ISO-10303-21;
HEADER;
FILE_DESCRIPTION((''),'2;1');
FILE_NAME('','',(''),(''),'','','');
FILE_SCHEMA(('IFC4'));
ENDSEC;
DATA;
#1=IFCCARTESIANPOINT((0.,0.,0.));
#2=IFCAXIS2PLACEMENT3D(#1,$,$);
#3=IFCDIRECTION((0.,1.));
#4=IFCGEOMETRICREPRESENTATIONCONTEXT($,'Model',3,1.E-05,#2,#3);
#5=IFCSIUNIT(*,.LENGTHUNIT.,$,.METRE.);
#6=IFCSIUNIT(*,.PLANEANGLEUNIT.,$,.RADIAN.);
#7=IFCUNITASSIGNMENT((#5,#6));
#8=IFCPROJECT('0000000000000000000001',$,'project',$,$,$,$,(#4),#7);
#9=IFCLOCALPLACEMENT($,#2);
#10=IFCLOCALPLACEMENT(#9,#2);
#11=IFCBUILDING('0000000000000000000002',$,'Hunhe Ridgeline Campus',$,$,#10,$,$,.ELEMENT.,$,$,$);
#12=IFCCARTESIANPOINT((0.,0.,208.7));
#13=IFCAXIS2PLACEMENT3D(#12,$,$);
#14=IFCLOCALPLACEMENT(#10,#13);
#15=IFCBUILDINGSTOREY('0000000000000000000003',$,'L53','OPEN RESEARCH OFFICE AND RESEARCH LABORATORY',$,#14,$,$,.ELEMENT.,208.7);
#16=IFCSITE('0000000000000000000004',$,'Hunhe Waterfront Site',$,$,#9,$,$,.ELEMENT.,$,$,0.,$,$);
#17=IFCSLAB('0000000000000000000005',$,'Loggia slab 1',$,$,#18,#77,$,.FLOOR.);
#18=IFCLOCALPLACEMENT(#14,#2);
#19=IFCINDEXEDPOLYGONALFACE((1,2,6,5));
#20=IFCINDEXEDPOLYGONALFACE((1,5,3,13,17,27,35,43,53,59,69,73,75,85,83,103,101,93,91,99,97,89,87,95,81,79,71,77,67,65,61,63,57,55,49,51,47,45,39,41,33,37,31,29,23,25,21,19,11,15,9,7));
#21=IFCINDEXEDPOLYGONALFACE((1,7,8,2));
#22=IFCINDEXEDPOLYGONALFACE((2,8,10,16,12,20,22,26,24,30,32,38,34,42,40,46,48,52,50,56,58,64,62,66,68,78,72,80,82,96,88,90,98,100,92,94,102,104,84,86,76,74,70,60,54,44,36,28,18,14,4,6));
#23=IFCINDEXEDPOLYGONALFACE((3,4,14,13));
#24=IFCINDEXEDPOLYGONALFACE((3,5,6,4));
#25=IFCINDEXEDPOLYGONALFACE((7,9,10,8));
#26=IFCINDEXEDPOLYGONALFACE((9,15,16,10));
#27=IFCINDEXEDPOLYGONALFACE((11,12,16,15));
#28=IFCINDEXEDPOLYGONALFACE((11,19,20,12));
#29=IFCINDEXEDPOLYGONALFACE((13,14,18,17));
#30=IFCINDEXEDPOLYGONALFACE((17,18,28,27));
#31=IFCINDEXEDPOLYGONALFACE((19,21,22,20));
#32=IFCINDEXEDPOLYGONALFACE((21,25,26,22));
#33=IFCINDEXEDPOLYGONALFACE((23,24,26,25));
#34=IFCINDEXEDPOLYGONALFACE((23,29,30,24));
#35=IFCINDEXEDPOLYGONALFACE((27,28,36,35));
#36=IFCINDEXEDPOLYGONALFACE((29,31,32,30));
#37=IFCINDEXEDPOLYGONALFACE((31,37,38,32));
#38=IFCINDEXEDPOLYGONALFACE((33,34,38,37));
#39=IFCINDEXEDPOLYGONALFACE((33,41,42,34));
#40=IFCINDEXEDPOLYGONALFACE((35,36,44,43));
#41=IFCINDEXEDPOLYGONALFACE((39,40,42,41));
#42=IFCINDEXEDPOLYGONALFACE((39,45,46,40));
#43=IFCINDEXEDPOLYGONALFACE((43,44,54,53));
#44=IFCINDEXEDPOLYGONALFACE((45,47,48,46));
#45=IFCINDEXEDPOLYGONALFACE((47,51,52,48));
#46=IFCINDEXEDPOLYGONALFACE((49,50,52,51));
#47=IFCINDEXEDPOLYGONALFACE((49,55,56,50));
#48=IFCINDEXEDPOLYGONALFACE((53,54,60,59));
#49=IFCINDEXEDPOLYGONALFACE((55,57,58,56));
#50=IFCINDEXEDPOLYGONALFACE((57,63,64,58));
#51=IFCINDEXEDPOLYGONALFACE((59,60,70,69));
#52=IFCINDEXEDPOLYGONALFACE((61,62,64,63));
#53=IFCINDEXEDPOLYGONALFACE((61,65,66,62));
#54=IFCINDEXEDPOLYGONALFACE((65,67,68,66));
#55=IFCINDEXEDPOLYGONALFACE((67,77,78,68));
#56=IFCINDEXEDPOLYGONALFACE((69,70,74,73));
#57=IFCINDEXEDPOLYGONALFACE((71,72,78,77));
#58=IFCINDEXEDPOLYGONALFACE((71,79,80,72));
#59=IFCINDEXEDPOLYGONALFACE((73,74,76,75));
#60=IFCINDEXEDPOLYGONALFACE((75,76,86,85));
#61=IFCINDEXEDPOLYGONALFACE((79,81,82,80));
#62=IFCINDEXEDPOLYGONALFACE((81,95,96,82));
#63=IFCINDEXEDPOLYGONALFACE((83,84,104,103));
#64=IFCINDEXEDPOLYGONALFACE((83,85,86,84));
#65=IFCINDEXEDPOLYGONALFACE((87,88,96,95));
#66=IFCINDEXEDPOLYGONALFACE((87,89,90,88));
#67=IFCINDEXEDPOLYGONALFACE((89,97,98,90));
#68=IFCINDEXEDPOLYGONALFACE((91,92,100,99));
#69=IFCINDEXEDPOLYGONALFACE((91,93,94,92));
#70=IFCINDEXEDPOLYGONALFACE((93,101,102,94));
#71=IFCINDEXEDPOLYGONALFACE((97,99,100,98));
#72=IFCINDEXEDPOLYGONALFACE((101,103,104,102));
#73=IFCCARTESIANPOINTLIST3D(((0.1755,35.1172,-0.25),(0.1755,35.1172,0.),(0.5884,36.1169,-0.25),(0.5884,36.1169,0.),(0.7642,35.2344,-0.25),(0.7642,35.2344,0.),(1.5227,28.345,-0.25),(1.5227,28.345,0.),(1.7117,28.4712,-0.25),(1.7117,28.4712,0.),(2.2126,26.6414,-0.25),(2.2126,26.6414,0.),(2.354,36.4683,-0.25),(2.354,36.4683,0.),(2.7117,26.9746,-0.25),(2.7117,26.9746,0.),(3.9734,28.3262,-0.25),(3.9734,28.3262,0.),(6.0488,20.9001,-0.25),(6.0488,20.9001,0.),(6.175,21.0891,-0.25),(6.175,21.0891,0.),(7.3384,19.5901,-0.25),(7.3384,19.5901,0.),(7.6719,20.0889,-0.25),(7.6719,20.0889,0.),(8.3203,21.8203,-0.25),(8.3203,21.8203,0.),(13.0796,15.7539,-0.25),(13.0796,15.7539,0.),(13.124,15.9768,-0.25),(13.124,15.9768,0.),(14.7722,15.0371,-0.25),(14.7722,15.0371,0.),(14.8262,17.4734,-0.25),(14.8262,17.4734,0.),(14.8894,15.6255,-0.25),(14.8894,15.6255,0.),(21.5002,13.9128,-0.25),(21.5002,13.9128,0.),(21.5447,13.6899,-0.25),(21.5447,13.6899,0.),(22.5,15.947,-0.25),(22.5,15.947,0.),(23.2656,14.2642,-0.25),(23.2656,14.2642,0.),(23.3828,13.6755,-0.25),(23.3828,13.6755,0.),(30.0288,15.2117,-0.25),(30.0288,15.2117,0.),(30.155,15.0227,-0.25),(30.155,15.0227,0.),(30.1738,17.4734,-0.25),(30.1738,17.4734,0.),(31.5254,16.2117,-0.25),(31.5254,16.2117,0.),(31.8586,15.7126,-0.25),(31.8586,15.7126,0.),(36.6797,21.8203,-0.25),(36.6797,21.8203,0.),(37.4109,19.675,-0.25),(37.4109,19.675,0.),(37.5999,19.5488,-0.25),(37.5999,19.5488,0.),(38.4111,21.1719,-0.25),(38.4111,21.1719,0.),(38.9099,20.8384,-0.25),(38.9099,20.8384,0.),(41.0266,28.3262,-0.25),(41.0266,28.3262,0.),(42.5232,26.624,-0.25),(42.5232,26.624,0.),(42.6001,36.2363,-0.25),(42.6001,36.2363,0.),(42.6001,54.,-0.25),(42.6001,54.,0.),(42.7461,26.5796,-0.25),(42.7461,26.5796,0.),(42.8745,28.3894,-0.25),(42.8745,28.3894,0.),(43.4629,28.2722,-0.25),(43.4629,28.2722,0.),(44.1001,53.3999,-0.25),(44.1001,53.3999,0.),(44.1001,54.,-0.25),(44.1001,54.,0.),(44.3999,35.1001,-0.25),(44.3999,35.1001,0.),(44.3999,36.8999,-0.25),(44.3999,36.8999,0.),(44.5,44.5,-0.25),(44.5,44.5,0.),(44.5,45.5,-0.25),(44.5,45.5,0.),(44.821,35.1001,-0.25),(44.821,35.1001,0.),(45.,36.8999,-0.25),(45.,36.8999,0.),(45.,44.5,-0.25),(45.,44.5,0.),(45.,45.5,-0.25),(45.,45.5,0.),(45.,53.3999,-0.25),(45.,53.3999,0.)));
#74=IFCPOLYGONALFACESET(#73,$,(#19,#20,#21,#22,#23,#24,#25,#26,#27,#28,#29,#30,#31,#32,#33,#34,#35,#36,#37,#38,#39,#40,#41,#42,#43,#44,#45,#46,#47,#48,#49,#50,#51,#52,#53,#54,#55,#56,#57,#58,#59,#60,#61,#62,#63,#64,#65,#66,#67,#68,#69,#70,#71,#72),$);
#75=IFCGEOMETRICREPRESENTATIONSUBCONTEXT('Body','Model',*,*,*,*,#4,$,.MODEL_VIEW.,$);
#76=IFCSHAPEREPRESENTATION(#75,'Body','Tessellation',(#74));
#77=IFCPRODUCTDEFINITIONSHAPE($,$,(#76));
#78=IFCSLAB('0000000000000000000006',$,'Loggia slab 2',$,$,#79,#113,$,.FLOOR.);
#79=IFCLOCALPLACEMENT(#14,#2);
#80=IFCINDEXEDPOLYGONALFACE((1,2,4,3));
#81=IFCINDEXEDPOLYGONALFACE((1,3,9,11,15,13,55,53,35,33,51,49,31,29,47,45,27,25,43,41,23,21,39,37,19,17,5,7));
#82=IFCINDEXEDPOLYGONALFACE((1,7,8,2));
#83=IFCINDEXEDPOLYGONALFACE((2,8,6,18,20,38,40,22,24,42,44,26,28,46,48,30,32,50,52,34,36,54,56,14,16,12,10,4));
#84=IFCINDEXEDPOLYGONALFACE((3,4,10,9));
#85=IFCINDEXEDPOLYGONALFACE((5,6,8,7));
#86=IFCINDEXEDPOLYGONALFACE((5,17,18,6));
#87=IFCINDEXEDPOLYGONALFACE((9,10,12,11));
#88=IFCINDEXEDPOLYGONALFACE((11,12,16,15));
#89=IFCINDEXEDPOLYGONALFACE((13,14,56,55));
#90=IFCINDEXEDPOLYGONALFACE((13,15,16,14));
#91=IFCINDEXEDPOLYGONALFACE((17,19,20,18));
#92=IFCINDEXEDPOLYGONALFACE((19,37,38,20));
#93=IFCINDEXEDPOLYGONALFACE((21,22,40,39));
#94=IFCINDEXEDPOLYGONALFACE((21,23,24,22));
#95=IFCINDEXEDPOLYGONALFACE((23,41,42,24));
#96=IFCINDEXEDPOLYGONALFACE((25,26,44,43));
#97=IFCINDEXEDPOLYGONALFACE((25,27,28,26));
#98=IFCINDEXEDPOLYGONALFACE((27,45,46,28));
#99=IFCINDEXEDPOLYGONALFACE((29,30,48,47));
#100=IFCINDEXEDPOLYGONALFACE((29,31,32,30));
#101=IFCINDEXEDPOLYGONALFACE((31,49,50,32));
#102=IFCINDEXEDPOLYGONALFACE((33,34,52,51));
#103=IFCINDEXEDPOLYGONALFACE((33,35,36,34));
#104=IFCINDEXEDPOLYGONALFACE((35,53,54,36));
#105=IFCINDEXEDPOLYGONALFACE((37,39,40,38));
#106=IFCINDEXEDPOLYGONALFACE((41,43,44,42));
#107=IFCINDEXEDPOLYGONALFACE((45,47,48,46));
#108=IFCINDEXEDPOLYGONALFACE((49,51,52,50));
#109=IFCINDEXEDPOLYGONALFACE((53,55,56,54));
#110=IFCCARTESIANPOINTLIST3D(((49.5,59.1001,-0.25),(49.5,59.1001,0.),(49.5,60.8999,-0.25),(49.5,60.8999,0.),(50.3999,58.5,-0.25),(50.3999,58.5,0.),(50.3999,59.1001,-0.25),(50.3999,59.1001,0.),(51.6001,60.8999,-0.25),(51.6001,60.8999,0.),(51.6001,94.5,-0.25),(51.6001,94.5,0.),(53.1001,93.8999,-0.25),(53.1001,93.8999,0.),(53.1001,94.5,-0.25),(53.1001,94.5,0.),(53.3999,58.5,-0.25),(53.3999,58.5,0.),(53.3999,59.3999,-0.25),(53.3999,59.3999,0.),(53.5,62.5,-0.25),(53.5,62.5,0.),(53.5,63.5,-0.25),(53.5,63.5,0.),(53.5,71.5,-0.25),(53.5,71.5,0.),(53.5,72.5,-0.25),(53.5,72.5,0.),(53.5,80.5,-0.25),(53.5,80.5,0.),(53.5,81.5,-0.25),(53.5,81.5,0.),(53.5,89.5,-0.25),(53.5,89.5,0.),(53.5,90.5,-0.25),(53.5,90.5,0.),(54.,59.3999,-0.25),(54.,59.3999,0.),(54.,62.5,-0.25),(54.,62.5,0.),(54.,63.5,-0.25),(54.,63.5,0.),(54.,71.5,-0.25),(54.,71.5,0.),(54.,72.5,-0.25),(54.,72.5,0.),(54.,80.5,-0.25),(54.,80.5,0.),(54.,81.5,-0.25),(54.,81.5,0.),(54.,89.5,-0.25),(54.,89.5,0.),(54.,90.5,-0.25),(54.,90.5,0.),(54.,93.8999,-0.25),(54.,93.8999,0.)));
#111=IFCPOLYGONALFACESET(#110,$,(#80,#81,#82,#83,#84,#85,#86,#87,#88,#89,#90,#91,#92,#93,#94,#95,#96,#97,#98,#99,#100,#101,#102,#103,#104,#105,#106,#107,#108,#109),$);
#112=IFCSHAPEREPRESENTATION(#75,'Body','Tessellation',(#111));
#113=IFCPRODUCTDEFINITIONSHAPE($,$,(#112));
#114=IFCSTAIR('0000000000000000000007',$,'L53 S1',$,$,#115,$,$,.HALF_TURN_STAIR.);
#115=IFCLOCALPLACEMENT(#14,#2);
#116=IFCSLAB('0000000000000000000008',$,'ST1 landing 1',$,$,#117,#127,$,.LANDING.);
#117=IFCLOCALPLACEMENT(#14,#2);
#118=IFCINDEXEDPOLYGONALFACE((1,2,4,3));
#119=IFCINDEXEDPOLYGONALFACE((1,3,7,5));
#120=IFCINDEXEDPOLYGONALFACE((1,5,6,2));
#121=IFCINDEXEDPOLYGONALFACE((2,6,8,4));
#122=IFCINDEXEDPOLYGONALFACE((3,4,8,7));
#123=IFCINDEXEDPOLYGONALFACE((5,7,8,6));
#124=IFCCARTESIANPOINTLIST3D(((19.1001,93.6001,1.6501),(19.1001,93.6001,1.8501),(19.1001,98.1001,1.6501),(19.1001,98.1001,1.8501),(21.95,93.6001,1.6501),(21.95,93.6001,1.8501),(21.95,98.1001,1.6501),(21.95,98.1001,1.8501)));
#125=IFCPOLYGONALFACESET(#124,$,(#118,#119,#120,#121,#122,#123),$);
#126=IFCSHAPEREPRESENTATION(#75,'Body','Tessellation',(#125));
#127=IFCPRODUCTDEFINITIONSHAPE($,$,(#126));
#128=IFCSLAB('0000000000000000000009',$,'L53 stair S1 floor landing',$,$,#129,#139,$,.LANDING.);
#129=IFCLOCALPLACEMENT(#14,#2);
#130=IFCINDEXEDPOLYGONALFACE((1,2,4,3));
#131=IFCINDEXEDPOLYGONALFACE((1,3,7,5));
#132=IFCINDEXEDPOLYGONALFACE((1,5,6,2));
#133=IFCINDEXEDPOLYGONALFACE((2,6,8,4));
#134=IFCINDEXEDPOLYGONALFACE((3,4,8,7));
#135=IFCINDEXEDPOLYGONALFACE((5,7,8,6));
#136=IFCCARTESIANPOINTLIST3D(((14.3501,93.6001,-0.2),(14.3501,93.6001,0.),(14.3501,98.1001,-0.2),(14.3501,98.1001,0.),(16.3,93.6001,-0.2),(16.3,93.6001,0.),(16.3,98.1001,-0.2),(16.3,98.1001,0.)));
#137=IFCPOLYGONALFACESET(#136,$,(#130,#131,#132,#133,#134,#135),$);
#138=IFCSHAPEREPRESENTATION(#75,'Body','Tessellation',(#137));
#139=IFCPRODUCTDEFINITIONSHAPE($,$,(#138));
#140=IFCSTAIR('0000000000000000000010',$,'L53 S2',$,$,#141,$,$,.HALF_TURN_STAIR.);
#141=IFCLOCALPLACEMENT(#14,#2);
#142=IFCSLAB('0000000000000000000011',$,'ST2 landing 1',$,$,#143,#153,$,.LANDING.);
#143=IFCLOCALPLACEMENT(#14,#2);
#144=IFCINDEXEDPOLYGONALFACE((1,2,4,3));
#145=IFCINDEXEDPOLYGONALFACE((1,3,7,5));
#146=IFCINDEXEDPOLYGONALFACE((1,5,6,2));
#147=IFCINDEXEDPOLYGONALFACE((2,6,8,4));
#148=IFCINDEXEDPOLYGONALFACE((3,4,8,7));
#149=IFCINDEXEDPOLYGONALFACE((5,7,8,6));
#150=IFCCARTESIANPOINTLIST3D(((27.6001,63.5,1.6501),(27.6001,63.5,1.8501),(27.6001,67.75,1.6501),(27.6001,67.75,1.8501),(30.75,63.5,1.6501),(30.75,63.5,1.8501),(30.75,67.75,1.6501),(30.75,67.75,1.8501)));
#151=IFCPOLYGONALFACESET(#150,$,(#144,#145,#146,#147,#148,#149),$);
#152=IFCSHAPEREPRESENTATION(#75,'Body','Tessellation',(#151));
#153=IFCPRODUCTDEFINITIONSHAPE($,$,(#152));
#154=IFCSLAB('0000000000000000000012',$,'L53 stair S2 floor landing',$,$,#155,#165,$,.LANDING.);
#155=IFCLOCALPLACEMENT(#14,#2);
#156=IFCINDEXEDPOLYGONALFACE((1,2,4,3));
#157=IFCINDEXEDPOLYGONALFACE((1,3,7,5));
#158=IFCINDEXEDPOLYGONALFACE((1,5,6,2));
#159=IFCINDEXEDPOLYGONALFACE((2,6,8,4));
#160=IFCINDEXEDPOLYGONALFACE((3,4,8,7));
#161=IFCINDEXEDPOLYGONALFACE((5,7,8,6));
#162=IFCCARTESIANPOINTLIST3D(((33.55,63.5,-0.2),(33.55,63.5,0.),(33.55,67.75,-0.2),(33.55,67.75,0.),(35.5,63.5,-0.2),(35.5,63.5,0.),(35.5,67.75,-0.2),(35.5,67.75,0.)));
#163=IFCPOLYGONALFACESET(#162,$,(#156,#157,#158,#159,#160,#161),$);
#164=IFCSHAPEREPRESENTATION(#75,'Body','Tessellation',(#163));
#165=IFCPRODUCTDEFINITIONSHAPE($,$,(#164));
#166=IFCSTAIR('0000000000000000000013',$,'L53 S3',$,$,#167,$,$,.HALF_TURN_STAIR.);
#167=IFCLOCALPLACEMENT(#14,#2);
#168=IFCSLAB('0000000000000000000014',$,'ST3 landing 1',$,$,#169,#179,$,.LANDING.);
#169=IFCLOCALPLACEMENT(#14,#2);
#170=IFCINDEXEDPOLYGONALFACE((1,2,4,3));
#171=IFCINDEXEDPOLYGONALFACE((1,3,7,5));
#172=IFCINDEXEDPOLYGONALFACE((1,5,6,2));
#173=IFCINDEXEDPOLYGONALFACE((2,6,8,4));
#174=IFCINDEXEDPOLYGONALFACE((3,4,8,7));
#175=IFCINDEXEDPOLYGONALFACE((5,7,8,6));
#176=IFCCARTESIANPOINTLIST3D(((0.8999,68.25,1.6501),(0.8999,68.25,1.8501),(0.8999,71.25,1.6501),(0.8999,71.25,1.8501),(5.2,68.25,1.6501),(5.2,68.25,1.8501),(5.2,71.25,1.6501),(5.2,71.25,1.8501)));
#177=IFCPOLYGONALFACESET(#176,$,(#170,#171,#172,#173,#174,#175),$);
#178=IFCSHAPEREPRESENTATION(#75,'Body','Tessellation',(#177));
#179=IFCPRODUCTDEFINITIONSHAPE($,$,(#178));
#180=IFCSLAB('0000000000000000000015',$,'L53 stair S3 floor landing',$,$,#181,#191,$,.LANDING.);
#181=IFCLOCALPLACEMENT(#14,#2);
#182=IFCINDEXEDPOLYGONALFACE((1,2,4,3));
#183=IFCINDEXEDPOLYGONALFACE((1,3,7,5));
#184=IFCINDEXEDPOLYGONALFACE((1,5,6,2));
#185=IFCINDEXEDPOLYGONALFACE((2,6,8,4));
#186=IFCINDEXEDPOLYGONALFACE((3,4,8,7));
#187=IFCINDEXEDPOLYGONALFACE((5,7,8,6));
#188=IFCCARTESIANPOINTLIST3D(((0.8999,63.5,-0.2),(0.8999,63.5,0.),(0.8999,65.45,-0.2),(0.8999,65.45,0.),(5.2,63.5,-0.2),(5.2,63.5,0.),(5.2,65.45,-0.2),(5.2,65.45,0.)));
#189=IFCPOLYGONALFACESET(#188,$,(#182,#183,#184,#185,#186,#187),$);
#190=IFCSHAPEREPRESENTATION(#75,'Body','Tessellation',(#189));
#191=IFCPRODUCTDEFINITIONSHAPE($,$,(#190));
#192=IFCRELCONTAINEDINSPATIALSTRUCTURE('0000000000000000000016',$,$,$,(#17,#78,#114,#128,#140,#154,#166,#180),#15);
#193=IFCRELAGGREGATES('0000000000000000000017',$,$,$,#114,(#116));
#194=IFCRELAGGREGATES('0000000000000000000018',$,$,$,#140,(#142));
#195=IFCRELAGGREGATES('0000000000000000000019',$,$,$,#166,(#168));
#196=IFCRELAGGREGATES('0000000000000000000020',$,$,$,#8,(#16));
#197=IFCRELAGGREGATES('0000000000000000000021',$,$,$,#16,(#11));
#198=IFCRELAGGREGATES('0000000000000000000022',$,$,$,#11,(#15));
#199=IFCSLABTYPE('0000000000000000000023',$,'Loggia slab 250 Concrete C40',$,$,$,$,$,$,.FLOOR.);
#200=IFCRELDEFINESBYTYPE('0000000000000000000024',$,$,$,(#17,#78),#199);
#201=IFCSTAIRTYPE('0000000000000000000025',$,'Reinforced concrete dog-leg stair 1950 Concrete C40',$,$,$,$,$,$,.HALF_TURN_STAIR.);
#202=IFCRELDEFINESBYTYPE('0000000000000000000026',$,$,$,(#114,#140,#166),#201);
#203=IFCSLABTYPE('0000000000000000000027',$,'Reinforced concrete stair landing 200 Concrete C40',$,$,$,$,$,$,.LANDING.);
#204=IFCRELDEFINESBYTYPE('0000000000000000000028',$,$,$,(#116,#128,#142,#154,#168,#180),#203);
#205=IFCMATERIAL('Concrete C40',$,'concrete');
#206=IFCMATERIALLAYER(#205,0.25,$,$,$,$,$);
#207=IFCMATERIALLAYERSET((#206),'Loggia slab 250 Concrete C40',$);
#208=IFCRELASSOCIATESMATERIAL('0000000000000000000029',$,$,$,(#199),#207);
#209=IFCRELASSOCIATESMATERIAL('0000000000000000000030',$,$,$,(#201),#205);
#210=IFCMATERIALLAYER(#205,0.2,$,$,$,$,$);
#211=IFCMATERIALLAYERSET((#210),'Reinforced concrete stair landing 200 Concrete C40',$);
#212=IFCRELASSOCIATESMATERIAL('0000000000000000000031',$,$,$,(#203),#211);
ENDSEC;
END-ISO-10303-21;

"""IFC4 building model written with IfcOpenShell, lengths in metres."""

from ifc_helpers import new_model, si_unit, direction, frame, origin, place, context, subcontext, project, spatial, polyline, outline, extrude, material, layer, layer_set, type_object, element, aggregate, save


model = new_model("IFC4")

# Units and contexts
model_context = context("Model", 3, precision=1e-05, world=origin(), true_north=direction((0.0, 1.0)))
body_context = subcontext(model_context, "Body", "Model", "MODEL_VIEW")
ifc_project = project(units=[si_unit("LENGTHUNIT", "METRE"), si_unit("PLANEANGLEUNIT", "RADIAN")], contexts=[model_context])

# Site, building, storey
site_placement = place(None, origin())
site = spatial("IfcSite", under=ifc_project, at=site_placement, Name="Hunhe Waterfront Site", CompositionType="ELEMENT", RefElevation=0.0)
building_placement = place(site_placement, origin())
building = spatial("IfcBuilding", under=site, at=building_placement, Name="Hunhe Ridgeline Campus", CompositionType="ELEMENT")
storey_placement = place(building_placement, frame((0.0, 0.0, 208.7)))
storey = spatial("IfcBuildingStorey", under=building, at=storey_placement, Name="L53", Description="OPEN RESEARCH OFFICE AND RESEARCH LABORATORY", CompositionType="ELEMENT", Elevation=208.7)

# Slabs
ifc_material_1 = material(Name="Concrete C40", Category="concrete")
ifc_layer_1 = layer(ifc_material_1, 0.25)
ifc_layer_set_1 = layer_set([ifc_layer_1], Name="Loggia slab 250 Concrete C40")
slab_type_1 = type_object("IfcSlabType", Name="Loggia slab 250 Concrete C40", PredefinedType="FLOOR", material=ifc_layer_set_1)
slab_1_placement = place(storey_placement, frame((0.0, 0.0, -0.25)))
element("IfcSlab", 1, at=slab_1_placement, inside=storey, type_object=slab_type_1, Name="Loggia slab 1", PredefinedType="FLOOR", context=body_context, shape_type="SweptSolid", body=[
    extrude(outline(polyline([(30.1738, 17.4734), (22.5, 15.947), (14.8262, 17.4734), (8.3203, 21.8203), (3.9734, 28.3262), (2.354, 36.4683), (0.5884, 36.1169), (0.7642, 35.2344), (0.1755, 35.1172), (1.5227, 28.345), (1.7117, 28.4712), (2.7117, 26.9746), (2.2126, 26.6414), (6.0488, 20.9001), (6.175, 21.0891), (7.6719, 20.0889), (7.3384, 19.5901), (13.0796, 15.7539), (13.124, 15.9768), (14.8894, 15.6255), (14.7722, 15.0371), (21.5447, 13.6899), (21.5002, 13.9128), (23.2656, 14.2642), (23.3828, 13.6755), (30.155, 15.0227), (30.0288, 15.2117), (31.5254, 16.2117), (31.8586, 15.7126), (37.5999, 19.5488), (37.4109, 19.675), (38.4111, 21.1719), (38.9099, 20.8384), (42.7461, 26.5796), (42.5232, 26.624), (42.8745, 28.3894), (43.4629, 28.2722), (44.821, 35.1001), (44.3999, 35.1001), (44.3999, 36.8999), (45.0, 36.8999), (45.0, 44.5), (44.5, 44.5), (44.5, 45.5), (45.0, 45.5), (45.0, 53.3999), (44.1001, 53.3999), (44.1001, 54.0), (42.6001, 54.0), (42.6001, 36.2363), (41.0266, 28.3262), (36.6797, 21.8203), (30.1738, 17.4734)])), origin(), (0.0, 0.0, 1.0), 0.25),
])
slab_2_placement = place(storey_placement, frame((0.0, 0.0, -0.25)))
element("IfcSlab", 2, at=slab_2_placement, inside=storey, type_object=slab_type_1, Name="Loggia slab 2", PredefinedType="FLOOR", context=body_context, shape_type="SweptSolid", body=[
    extrude(outline(polyline([(49.5, 59.1001), (50.3999, 59.1001), (50.3999, 58.5), (53.3999, 58.5), (53.3999, 59.3999), (54.0, 59.3999), (54.0, 62.5), (53.5, 62.5), (53.5, 63.5), (54.0, 63.5), (54.0, 71.5), (53.5, 71.5), (53.5, 72.5), (54.0, 72.5), (54.0, 80.5), (53.5, 80.5), (53.5, 81.5), (54.0, 81.5), (54.0, 89.5), (53.5, 89.5), (53.5, 90.5), (54.0, 90.5), (54.0, 93.8999), (53.1001, 93.8999), (53.1001, 94.5), (51.6001, 94.5), (51.6001, 60.8999), (49.5, 60.8999), (49.5, 59.1001)])), origin(), (0.0, 0.0, 1.0), 0.25),
])

# Stair, slab
stair_type = type_object("IfcStairType", Name="Reinforced concrete dog-leg stair 1950 Concrete C40", PredefinedType="HALF_TURN_STAIR", material=ifc_material_1)
stair_1_placement = place(storey_placement, origin())
stair_1 = element("IfcStair", 3, at=stair_1_placement, inside=storey, type_object=stair_type, Name="L53 S1", PredefinedType="HALF_TURN_STAIR")
ifc_layer_2 = layer(ifc_material_1, 0.2)
ifc_layer_set_2 = layer_set([ifc_layer_2], Name="Reinforced concrete stair landing 200 Concrete C40")
slab_type_2 = type_object("IfcSlabType", Name="Reinforced concrete stair landing 200 Concrete C40", PredefinedType="LANDING", material=ifc_layer_set_2)
slab_3_placement = place(storey_placement, frame((0.0, 0.0, 1.6501)))
slab_3 = element("IfcSlab", 4, at=slab_3_placement, type_object=slab_type_2, Name="ST1 landing 1", PredefinedType="LANDING", context=body_context, shape_type="SweptSolid", body=[
    extrude(outline(polyline([(19.1001, 93.6001), (21.95, 93.6001), (21.95, 98.1001), (19.1001, 98.1001), (19.1001, 93.6001)])), origin(), (0.0, 0.0, 1.0), 0.2),
])
aggregate(stair_1, [slab_3])

# Slab
slab_4_placement = place(storey_placement, frame((0.0, 0.0, -0.2)))
element("IfcSlab", 5, at=slab_4_placement, inside=storey, type_object=slab_type_2, Name="L53 stair S1 floor landing", PredefinedType="LANDING", context=body_context, shape_type="SweptSolid", body=[
    extrude(outline(polyline([(14.3501, 93.6001), (16.3, 93.6001), (16.3, 98.1001), (14.3501, 98.1001), (14.3501, 93.6001)])), origin(), (0.0, 0.0, 1.0), 0.2),
])

# Stair, slab
stair_2_placement = place(storey_placement, origin())
stair_2 = element("IfcStair", 6, at=stair_2_placement, inside=storey, type_object=stair_type, Name="L53 S2", PredefinedType="HALF_TURN_STAIR")
slab_5_placement = place(storey_placement, frame((0.0, 0.0, 1.6501)))
slab_5 = element("IfcSlab", 7, at=slab_5_placement, type_object=slab_type_2, Name="ST2 landing 1", PredefinedType="LANDING", context=body_context, shape_type="SweptSolid", body=[
    extrude(outline(polyline([(30.75, 67.75), (27.6001, 67.75), (27.6001, 63.5), (30.75, 63.5), (30.75, 67.75)])), origin(), (0.0, 0.0, 1.0), 0.2),
])
aggregate(stair_2, [slab_5])

# Slab
slab_6_placement = place(storey_placement, frame((0.0, 0.0, -0.2)))
element("IfcSlab", 8, at=slab_6_placement, inside=storey, type_object=slab_type_2, Name="L53 stair S2 floor landing", PredefinedType="LANDING", context=body_context, shape_type="SweptSolid", body=[
    extrude(outline(polyline([(35.5, 67.75), (33.55, 67.75), (33.55, 63.5), (35.5, 63.5), (35.5, 67.75)])), origin(), (0.0, 0.0, 1.0), 0.2),
])

# Stair, slab
stair_3_placement = place(storey_placement, origin())
stair_3 = element("IfcStair", 9, at=stair_3_placement, inside=storey, type_object=stair_type, Name="L53 S3", PredefinedType="HALF_TURN_STAIR")
slab_7_placement = place(storey_placement, frame((0.0, 0.0, 1.6501)))
slab_7 = element("IfcSlab", 10, at=slab_7_placement, type_object=slab_type_2, Name="ST3 landing 1", PredefinedType="LANDING", context=body_context, shape_type="SweptSolid", body=[
    extrude(outline(polyline([(5.2, 68.25), (5.2, 71.25), (0.8999, 71.25), (0.8999, 68.25), (5.2, 68.25)])), origin(), (0.0, 0.0, 1.0), 0.2),
])
aggregate(stair_3, [slab_7])

# Slab
slab_8_placement = place(storey_placement, frame((0.0, 0.0, -0.2)))
element("IfcSlab", 11, at=slab_8_placement, inside=storey, type_object=slab_type_2, Name="L53 stair S3 floor landing", PredefinedType="LANDING", context=body_context, shape_type="SweptSolid", body=[
    extrude(outline(polyline([(5.2, 63.5), (5.2, 65.45), (0.8999, 65.45), (0.8999, 63.5), (5.2, 63.5)])), origin(), (0.0, 0.0, 1.0), 0.2),
])

save(model, "model.ifc")
